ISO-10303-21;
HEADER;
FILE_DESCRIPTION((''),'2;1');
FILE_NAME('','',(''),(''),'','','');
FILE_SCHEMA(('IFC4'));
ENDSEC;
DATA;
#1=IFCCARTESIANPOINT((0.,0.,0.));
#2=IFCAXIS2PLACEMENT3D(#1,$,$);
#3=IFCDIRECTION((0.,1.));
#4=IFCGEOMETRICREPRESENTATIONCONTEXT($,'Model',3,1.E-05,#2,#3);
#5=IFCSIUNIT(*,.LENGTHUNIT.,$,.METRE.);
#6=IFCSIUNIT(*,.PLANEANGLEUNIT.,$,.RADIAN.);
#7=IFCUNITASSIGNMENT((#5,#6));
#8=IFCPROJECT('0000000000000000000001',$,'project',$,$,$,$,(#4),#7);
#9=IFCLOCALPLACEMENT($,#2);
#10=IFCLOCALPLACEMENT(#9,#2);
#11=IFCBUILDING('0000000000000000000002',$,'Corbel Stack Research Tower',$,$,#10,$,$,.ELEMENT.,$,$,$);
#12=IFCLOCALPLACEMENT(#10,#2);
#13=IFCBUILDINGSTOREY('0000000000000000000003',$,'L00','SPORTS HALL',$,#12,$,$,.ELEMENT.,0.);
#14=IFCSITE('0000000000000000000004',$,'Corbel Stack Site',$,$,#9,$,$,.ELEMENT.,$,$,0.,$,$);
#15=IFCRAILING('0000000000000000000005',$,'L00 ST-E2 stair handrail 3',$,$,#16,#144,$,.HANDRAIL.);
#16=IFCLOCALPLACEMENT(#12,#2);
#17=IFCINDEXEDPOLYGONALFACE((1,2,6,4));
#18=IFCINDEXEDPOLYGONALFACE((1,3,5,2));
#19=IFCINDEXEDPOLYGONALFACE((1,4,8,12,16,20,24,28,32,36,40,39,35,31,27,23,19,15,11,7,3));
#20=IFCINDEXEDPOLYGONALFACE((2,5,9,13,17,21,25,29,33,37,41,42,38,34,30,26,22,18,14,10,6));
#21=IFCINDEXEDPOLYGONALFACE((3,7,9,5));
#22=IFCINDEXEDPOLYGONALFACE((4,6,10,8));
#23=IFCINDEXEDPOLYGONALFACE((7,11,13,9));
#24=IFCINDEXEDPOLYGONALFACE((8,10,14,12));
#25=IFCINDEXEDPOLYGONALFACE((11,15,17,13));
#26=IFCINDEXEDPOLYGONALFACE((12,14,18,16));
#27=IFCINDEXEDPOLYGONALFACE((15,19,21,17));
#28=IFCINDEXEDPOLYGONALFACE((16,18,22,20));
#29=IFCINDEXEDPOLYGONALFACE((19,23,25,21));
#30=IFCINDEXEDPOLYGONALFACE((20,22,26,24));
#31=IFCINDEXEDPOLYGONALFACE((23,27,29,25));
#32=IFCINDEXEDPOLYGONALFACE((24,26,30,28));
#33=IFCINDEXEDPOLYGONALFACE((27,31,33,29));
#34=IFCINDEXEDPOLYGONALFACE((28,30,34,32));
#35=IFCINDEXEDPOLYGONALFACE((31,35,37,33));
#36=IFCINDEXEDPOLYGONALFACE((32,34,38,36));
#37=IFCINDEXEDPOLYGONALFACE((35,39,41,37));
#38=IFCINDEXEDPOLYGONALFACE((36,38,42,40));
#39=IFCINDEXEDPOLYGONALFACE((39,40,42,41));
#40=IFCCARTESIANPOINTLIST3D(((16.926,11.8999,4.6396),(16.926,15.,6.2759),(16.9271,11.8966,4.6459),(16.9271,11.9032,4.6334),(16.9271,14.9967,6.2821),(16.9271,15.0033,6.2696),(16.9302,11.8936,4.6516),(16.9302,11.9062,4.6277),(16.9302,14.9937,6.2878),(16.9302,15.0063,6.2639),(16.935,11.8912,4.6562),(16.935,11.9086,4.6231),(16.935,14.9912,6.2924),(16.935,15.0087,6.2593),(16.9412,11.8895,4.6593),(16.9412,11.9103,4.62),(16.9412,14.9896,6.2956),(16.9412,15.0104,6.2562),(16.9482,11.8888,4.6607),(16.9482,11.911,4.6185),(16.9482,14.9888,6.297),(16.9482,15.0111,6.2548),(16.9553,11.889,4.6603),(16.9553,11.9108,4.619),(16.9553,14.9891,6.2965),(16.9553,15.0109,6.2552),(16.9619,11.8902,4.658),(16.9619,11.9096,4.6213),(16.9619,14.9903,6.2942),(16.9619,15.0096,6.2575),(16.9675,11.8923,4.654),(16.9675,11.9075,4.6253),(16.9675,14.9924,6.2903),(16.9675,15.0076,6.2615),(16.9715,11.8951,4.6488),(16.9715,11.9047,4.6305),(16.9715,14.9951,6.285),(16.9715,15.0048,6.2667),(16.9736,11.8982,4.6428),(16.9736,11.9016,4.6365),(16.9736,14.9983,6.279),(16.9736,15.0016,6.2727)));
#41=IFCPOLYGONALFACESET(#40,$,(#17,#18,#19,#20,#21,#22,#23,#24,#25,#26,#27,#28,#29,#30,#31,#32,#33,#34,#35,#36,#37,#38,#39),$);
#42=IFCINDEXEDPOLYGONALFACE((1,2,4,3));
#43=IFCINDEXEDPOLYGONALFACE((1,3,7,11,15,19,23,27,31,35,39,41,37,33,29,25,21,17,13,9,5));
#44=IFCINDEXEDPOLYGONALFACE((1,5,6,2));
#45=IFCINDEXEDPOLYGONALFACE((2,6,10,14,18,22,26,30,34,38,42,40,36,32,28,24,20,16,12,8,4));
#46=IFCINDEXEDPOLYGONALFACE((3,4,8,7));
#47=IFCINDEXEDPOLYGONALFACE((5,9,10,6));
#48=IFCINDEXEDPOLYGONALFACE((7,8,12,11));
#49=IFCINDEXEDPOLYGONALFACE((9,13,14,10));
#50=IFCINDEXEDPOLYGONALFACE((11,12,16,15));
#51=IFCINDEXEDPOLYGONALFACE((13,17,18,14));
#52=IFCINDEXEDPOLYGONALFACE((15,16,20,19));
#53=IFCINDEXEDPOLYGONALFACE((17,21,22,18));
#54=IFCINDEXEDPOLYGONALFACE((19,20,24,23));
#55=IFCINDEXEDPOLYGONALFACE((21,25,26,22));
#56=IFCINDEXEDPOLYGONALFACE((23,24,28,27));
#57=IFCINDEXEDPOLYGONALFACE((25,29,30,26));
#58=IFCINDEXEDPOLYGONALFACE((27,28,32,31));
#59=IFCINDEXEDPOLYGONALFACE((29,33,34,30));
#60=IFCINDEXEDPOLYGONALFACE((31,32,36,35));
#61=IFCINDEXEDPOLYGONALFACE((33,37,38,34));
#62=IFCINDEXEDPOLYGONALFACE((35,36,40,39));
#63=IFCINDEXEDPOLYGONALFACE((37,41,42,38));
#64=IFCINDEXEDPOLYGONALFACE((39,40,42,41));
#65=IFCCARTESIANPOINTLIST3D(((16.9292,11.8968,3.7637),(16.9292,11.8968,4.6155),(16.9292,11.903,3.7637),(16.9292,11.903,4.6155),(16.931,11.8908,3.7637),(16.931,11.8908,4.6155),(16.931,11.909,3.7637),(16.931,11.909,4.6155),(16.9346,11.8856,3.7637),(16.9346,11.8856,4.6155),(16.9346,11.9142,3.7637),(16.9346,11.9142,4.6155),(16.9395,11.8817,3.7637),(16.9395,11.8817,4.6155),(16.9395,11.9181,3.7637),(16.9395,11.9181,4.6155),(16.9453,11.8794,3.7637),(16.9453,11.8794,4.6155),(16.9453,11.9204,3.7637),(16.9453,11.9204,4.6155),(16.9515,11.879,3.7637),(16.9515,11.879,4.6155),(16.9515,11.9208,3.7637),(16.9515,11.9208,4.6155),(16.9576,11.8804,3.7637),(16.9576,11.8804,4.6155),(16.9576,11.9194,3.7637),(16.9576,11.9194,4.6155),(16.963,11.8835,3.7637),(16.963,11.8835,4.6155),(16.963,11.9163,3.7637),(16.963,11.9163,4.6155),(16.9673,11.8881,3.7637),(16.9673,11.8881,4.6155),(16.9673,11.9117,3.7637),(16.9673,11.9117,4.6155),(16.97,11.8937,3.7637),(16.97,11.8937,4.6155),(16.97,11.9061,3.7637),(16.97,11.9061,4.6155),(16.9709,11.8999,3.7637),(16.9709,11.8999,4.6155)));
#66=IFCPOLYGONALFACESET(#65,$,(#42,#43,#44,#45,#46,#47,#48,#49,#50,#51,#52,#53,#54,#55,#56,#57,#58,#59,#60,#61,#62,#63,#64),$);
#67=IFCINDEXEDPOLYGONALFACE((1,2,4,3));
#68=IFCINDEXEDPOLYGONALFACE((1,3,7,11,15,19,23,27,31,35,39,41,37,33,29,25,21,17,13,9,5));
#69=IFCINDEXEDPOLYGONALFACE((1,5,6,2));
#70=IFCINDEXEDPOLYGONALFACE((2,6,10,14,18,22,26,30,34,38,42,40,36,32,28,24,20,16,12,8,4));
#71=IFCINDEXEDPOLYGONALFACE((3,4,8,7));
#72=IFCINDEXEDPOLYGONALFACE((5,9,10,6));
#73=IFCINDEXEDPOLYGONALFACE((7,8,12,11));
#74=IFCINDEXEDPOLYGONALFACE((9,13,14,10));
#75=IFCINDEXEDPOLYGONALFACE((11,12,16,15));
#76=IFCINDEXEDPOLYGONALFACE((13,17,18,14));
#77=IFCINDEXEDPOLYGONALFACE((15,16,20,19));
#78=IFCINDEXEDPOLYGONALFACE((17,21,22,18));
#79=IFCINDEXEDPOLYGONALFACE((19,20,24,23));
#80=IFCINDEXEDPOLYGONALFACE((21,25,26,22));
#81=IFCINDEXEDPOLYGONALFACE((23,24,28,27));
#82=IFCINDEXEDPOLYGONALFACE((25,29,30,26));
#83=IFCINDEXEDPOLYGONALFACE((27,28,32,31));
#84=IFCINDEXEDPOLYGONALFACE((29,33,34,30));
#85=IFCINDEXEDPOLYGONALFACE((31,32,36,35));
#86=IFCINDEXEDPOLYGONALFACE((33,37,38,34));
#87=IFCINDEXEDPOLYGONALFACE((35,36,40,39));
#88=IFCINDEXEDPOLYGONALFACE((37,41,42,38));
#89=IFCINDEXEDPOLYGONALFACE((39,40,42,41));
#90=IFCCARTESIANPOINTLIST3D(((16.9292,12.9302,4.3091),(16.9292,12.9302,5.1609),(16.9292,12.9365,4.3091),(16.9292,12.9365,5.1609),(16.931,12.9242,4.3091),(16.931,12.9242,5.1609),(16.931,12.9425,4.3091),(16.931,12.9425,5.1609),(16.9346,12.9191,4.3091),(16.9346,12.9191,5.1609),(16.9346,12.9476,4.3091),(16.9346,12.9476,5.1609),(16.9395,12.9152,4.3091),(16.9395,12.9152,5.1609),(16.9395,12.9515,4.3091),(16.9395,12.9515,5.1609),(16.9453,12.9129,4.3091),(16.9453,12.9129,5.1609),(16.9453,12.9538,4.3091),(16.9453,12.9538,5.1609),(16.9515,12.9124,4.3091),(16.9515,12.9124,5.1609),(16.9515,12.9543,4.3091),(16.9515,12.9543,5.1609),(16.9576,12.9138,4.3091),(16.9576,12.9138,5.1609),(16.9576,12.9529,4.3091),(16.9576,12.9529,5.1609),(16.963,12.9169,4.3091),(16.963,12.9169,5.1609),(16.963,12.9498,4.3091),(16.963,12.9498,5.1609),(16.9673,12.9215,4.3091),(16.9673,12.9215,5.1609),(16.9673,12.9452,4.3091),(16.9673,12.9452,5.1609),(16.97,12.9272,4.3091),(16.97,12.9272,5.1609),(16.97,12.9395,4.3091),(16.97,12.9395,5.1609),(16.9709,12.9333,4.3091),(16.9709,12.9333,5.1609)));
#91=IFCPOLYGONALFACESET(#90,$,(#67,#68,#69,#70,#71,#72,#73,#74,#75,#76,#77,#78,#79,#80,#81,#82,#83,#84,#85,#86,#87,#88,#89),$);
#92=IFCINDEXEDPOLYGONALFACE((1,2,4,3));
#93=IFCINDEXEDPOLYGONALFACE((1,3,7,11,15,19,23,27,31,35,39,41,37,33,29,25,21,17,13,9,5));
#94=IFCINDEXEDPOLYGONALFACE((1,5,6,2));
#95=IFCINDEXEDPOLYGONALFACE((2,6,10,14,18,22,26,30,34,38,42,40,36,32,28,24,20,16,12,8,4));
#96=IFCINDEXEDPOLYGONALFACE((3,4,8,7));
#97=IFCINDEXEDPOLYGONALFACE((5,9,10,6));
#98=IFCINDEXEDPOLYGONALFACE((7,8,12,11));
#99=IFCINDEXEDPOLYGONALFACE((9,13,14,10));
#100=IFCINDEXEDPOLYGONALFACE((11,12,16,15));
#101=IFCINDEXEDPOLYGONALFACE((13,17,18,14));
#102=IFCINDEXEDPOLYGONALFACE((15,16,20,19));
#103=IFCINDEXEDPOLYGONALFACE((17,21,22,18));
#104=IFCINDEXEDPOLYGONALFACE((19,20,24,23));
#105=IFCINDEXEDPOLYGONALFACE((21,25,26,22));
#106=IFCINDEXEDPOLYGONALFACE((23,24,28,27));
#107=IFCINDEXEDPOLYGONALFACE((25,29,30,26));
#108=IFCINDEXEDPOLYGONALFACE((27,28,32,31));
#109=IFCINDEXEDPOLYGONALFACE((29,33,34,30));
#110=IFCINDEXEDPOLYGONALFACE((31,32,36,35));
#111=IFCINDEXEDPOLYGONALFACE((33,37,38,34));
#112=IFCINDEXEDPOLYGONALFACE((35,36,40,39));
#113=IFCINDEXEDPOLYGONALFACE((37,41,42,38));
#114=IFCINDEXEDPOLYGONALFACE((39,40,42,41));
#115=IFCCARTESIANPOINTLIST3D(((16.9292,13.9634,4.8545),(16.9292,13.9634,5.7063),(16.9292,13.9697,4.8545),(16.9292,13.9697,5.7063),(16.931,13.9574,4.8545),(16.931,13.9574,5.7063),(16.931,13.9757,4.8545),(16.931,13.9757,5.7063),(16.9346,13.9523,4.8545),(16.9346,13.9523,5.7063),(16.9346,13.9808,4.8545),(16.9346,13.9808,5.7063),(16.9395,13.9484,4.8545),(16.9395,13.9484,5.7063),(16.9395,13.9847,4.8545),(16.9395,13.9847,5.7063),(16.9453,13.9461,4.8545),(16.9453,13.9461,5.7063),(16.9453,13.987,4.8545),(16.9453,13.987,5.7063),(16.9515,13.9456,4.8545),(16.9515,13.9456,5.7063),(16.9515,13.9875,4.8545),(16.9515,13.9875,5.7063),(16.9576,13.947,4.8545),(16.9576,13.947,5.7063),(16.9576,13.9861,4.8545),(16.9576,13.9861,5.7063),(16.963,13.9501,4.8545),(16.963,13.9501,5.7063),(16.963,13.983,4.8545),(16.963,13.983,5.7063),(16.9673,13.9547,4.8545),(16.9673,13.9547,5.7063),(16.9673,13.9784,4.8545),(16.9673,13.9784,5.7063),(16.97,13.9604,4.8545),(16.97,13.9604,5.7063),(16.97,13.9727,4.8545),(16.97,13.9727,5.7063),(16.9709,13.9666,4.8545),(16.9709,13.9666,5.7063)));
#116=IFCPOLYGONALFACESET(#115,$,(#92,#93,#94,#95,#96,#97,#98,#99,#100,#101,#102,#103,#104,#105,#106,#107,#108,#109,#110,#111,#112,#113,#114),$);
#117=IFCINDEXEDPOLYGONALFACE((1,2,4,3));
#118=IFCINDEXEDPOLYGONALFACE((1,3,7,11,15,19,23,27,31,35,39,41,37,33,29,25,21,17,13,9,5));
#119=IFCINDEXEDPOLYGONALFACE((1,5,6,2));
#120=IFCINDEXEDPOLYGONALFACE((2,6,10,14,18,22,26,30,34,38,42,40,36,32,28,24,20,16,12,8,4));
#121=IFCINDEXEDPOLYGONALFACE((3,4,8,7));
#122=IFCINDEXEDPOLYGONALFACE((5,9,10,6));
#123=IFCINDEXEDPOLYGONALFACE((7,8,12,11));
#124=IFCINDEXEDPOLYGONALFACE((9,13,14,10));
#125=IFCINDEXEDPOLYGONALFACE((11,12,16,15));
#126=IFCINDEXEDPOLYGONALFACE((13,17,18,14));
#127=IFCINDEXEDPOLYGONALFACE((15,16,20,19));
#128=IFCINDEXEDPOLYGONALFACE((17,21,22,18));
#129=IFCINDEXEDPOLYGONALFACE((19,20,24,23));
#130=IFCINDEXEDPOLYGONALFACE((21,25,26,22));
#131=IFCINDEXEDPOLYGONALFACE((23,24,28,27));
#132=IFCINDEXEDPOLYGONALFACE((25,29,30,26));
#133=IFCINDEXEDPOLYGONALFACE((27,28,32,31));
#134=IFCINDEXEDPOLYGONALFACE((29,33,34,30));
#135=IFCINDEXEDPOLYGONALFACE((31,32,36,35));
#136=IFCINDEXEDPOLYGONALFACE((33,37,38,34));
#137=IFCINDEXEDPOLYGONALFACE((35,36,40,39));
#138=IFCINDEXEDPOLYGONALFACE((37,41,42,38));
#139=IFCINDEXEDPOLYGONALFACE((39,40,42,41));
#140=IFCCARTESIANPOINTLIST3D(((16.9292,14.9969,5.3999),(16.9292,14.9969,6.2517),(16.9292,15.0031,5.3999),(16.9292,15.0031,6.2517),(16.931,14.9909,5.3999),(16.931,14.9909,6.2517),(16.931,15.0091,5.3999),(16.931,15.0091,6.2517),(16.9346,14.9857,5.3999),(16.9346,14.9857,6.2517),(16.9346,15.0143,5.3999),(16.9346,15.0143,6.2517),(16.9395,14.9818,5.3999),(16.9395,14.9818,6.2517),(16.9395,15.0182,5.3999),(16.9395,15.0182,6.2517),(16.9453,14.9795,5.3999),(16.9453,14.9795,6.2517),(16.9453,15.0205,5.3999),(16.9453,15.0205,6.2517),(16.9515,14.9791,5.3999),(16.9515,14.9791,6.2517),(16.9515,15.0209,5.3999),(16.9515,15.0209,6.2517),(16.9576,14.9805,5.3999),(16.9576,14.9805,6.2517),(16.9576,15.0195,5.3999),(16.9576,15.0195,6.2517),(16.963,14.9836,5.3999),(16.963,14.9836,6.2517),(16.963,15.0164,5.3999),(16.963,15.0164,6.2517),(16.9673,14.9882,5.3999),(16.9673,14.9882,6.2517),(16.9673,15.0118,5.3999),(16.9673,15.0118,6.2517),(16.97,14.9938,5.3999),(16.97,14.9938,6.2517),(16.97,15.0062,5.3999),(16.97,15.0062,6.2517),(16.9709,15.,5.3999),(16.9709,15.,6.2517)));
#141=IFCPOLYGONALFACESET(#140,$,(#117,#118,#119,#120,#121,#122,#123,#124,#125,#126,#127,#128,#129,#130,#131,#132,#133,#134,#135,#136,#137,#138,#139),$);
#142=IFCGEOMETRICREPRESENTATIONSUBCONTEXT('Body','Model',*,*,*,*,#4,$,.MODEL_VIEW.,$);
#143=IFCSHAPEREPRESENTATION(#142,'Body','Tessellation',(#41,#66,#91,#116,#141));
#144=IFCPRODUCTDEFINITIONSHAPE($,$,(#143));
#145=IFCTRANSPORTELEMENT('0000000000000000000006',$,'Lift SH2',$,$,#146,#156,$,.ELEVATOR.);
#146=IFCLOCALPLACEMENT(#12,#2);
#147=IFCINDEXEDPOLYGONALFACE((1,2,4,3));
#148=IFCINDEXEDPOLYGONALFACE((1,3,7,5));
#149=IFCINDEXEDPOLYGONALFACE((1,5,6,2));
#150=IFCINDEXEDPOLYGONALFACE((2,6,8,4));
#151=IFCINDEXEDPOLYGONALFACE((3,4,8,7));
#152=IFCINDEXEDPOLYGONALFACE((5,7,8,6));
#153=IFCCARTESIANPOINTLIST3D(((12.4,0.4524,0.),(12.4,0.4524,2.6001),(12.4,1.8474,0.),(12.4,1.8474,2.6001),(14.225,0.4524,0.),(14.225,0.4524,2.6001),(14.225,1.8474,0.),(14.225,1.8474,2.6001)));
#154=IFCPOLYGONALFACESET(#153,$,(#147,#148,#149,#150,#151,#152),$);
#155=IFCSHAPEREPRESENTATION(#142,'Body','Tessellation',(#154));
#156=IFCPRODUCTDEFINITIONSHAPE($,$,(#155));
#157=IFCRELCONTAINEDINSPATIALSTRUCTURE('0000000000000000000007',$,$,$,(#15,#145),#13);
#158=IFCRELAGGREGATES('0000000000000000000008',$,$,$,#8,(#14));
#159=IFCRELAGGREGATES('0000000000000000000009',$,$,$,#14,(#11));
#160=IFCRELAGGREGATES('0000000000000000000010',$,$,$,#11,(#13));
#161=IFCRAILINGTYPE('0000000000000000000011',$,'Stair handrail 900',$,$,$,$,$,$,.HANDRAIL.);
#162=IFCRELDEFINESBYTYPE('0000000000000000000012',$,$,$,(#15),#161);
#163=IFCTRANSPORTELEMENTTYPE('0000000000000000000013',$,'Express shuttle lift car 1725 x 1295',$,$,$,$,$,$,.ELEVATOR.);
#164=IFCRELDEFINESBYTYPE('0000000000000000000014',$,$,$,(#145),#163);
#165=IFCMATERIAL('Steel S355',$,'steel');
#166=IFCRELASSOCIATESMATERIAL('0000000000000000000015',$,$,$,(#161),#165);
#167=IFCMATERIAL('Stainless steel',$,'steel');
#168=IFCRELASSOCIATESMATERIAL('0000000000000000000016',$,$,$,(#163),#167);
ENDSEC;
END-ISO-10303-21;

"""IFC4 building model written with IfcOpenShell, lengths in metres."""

from ifc_helpers import new_model, si_unit, direction, frame, origin, origin_2d, place, context, subcontext, project, spatial, rectangle, circle, extrude, material, type_object, element, save


model = new_model("IFC4")

# Units and contexts
model_context = context("Model", 3, precision=1e-05, world=origin(), true_north=direction((0.0, 1.0)))
body_context = subcontext(model_context, "Body", "Model", "MODEL_VIEW")
ifc_project = project(units=[si_unit("LENGTHUNIT", "METRE"), si_unit("PLANEANGLEUNIT", "RADIAN")], contexts=[model_context])

# Site, building, storey
site_placement = place(None, origin())
site = spatial("IfcSite", under=ifc_project, at=site_placement, Name="Corbel Stack Site", CompositionType="ELEMENT", RefElevation=0.0)
building_placement = place(site_placement, origin())
building = spatial("IfcBuilding", under=site, at=building_placement, Name="Corbel Stack Research Tower", CompositionType="ELEMENT")
storey_placement = place(building_placement, origin())
storey = spatial("IfcBuildingStorey", under=building, at=storey_placement, Name="L00", Description="SPORTS HALL", CompositionType="ELEMENT", Elevation=0.0)

# Railing
ifc_material_1 = material(Name="Steel S355", Category="steel")
railing_type_1 = type_object("IfcRailingType", Name="Stair handrail 900", PredefinedType="HANDRAIL", material=ifc_material_1)
railing_1_placement = place(storey_placement, frame((16.95, 11.8999, 3.7637)))
element("IfcRailing", 1, at=railing_1_placement, inside=storey, type_object=railing_type_1, Name="L00 ST-E2 stair handrail 3", PredefinedType="HANDRAIL", context=body_context, shape_type="SweptSolid", body=[
    extrude(circle(Radius=0.0239, at=origin_2d()), frame((0.0, 0.0, 0.876), z_axis=(0.0, 0.884377, 0.466774), x_axis=(-1.0, 0.0, 0.0)), (0.0, 0.0, 1.0), 3.5054),
    extrude(circle(Radius=0.021, at=origin_2d()), origin(), (0.0, 0.0, 1.0), 0.8518),
    extrude(circle(Radius=0.021, at=origin_2d()), frame((0.0, 1.0334, 0.5454)), (0.0, 0.0, 1.0), 0.8518),
    extrude(circle(Radius=0.021, at=origin_2d()), frame((0.0, 2.0667, 1.0908)), (0.0, 0.0, 1.0), 0.8518),
    extrude(circle(Radius=0.021, at=origin_2d()), frame((0.0, 3.1001, 1.6362)), (0.0, 0.0, 1.0), 0.8518),
])

# Transport element
ifc_material_2 = material(Name="Stainless steel", Category="steel")
transport_element_type = type_object("IfcTransportElementType", Name="Express shuttle lift car 1725 x 1295", PredefinedType="ELEVATOR", material=ifc_material_2)
transport_element_placement = place(storey_placement, frame((13.3125, 1.1499, 0.0), z_axis=(0.0, 0.0, 1.0), x_axis=(1.0, 0.0, 0.0)))
element("IfcTransportElement", 2, at=transport_element_placement, inside=storey, type_object=transport_element_type, Name="Lift SH2", PredefinedType="ELEVATOR", context=body_context, shape_type="SweptSolid", body=[
    extrude(rectangle(XDim=1.825, YDim=1.395, at=origin_2d()), origin(), (0.0, 0.0, 1.0), 2.6001),
])

save(model, "model.ifc")
